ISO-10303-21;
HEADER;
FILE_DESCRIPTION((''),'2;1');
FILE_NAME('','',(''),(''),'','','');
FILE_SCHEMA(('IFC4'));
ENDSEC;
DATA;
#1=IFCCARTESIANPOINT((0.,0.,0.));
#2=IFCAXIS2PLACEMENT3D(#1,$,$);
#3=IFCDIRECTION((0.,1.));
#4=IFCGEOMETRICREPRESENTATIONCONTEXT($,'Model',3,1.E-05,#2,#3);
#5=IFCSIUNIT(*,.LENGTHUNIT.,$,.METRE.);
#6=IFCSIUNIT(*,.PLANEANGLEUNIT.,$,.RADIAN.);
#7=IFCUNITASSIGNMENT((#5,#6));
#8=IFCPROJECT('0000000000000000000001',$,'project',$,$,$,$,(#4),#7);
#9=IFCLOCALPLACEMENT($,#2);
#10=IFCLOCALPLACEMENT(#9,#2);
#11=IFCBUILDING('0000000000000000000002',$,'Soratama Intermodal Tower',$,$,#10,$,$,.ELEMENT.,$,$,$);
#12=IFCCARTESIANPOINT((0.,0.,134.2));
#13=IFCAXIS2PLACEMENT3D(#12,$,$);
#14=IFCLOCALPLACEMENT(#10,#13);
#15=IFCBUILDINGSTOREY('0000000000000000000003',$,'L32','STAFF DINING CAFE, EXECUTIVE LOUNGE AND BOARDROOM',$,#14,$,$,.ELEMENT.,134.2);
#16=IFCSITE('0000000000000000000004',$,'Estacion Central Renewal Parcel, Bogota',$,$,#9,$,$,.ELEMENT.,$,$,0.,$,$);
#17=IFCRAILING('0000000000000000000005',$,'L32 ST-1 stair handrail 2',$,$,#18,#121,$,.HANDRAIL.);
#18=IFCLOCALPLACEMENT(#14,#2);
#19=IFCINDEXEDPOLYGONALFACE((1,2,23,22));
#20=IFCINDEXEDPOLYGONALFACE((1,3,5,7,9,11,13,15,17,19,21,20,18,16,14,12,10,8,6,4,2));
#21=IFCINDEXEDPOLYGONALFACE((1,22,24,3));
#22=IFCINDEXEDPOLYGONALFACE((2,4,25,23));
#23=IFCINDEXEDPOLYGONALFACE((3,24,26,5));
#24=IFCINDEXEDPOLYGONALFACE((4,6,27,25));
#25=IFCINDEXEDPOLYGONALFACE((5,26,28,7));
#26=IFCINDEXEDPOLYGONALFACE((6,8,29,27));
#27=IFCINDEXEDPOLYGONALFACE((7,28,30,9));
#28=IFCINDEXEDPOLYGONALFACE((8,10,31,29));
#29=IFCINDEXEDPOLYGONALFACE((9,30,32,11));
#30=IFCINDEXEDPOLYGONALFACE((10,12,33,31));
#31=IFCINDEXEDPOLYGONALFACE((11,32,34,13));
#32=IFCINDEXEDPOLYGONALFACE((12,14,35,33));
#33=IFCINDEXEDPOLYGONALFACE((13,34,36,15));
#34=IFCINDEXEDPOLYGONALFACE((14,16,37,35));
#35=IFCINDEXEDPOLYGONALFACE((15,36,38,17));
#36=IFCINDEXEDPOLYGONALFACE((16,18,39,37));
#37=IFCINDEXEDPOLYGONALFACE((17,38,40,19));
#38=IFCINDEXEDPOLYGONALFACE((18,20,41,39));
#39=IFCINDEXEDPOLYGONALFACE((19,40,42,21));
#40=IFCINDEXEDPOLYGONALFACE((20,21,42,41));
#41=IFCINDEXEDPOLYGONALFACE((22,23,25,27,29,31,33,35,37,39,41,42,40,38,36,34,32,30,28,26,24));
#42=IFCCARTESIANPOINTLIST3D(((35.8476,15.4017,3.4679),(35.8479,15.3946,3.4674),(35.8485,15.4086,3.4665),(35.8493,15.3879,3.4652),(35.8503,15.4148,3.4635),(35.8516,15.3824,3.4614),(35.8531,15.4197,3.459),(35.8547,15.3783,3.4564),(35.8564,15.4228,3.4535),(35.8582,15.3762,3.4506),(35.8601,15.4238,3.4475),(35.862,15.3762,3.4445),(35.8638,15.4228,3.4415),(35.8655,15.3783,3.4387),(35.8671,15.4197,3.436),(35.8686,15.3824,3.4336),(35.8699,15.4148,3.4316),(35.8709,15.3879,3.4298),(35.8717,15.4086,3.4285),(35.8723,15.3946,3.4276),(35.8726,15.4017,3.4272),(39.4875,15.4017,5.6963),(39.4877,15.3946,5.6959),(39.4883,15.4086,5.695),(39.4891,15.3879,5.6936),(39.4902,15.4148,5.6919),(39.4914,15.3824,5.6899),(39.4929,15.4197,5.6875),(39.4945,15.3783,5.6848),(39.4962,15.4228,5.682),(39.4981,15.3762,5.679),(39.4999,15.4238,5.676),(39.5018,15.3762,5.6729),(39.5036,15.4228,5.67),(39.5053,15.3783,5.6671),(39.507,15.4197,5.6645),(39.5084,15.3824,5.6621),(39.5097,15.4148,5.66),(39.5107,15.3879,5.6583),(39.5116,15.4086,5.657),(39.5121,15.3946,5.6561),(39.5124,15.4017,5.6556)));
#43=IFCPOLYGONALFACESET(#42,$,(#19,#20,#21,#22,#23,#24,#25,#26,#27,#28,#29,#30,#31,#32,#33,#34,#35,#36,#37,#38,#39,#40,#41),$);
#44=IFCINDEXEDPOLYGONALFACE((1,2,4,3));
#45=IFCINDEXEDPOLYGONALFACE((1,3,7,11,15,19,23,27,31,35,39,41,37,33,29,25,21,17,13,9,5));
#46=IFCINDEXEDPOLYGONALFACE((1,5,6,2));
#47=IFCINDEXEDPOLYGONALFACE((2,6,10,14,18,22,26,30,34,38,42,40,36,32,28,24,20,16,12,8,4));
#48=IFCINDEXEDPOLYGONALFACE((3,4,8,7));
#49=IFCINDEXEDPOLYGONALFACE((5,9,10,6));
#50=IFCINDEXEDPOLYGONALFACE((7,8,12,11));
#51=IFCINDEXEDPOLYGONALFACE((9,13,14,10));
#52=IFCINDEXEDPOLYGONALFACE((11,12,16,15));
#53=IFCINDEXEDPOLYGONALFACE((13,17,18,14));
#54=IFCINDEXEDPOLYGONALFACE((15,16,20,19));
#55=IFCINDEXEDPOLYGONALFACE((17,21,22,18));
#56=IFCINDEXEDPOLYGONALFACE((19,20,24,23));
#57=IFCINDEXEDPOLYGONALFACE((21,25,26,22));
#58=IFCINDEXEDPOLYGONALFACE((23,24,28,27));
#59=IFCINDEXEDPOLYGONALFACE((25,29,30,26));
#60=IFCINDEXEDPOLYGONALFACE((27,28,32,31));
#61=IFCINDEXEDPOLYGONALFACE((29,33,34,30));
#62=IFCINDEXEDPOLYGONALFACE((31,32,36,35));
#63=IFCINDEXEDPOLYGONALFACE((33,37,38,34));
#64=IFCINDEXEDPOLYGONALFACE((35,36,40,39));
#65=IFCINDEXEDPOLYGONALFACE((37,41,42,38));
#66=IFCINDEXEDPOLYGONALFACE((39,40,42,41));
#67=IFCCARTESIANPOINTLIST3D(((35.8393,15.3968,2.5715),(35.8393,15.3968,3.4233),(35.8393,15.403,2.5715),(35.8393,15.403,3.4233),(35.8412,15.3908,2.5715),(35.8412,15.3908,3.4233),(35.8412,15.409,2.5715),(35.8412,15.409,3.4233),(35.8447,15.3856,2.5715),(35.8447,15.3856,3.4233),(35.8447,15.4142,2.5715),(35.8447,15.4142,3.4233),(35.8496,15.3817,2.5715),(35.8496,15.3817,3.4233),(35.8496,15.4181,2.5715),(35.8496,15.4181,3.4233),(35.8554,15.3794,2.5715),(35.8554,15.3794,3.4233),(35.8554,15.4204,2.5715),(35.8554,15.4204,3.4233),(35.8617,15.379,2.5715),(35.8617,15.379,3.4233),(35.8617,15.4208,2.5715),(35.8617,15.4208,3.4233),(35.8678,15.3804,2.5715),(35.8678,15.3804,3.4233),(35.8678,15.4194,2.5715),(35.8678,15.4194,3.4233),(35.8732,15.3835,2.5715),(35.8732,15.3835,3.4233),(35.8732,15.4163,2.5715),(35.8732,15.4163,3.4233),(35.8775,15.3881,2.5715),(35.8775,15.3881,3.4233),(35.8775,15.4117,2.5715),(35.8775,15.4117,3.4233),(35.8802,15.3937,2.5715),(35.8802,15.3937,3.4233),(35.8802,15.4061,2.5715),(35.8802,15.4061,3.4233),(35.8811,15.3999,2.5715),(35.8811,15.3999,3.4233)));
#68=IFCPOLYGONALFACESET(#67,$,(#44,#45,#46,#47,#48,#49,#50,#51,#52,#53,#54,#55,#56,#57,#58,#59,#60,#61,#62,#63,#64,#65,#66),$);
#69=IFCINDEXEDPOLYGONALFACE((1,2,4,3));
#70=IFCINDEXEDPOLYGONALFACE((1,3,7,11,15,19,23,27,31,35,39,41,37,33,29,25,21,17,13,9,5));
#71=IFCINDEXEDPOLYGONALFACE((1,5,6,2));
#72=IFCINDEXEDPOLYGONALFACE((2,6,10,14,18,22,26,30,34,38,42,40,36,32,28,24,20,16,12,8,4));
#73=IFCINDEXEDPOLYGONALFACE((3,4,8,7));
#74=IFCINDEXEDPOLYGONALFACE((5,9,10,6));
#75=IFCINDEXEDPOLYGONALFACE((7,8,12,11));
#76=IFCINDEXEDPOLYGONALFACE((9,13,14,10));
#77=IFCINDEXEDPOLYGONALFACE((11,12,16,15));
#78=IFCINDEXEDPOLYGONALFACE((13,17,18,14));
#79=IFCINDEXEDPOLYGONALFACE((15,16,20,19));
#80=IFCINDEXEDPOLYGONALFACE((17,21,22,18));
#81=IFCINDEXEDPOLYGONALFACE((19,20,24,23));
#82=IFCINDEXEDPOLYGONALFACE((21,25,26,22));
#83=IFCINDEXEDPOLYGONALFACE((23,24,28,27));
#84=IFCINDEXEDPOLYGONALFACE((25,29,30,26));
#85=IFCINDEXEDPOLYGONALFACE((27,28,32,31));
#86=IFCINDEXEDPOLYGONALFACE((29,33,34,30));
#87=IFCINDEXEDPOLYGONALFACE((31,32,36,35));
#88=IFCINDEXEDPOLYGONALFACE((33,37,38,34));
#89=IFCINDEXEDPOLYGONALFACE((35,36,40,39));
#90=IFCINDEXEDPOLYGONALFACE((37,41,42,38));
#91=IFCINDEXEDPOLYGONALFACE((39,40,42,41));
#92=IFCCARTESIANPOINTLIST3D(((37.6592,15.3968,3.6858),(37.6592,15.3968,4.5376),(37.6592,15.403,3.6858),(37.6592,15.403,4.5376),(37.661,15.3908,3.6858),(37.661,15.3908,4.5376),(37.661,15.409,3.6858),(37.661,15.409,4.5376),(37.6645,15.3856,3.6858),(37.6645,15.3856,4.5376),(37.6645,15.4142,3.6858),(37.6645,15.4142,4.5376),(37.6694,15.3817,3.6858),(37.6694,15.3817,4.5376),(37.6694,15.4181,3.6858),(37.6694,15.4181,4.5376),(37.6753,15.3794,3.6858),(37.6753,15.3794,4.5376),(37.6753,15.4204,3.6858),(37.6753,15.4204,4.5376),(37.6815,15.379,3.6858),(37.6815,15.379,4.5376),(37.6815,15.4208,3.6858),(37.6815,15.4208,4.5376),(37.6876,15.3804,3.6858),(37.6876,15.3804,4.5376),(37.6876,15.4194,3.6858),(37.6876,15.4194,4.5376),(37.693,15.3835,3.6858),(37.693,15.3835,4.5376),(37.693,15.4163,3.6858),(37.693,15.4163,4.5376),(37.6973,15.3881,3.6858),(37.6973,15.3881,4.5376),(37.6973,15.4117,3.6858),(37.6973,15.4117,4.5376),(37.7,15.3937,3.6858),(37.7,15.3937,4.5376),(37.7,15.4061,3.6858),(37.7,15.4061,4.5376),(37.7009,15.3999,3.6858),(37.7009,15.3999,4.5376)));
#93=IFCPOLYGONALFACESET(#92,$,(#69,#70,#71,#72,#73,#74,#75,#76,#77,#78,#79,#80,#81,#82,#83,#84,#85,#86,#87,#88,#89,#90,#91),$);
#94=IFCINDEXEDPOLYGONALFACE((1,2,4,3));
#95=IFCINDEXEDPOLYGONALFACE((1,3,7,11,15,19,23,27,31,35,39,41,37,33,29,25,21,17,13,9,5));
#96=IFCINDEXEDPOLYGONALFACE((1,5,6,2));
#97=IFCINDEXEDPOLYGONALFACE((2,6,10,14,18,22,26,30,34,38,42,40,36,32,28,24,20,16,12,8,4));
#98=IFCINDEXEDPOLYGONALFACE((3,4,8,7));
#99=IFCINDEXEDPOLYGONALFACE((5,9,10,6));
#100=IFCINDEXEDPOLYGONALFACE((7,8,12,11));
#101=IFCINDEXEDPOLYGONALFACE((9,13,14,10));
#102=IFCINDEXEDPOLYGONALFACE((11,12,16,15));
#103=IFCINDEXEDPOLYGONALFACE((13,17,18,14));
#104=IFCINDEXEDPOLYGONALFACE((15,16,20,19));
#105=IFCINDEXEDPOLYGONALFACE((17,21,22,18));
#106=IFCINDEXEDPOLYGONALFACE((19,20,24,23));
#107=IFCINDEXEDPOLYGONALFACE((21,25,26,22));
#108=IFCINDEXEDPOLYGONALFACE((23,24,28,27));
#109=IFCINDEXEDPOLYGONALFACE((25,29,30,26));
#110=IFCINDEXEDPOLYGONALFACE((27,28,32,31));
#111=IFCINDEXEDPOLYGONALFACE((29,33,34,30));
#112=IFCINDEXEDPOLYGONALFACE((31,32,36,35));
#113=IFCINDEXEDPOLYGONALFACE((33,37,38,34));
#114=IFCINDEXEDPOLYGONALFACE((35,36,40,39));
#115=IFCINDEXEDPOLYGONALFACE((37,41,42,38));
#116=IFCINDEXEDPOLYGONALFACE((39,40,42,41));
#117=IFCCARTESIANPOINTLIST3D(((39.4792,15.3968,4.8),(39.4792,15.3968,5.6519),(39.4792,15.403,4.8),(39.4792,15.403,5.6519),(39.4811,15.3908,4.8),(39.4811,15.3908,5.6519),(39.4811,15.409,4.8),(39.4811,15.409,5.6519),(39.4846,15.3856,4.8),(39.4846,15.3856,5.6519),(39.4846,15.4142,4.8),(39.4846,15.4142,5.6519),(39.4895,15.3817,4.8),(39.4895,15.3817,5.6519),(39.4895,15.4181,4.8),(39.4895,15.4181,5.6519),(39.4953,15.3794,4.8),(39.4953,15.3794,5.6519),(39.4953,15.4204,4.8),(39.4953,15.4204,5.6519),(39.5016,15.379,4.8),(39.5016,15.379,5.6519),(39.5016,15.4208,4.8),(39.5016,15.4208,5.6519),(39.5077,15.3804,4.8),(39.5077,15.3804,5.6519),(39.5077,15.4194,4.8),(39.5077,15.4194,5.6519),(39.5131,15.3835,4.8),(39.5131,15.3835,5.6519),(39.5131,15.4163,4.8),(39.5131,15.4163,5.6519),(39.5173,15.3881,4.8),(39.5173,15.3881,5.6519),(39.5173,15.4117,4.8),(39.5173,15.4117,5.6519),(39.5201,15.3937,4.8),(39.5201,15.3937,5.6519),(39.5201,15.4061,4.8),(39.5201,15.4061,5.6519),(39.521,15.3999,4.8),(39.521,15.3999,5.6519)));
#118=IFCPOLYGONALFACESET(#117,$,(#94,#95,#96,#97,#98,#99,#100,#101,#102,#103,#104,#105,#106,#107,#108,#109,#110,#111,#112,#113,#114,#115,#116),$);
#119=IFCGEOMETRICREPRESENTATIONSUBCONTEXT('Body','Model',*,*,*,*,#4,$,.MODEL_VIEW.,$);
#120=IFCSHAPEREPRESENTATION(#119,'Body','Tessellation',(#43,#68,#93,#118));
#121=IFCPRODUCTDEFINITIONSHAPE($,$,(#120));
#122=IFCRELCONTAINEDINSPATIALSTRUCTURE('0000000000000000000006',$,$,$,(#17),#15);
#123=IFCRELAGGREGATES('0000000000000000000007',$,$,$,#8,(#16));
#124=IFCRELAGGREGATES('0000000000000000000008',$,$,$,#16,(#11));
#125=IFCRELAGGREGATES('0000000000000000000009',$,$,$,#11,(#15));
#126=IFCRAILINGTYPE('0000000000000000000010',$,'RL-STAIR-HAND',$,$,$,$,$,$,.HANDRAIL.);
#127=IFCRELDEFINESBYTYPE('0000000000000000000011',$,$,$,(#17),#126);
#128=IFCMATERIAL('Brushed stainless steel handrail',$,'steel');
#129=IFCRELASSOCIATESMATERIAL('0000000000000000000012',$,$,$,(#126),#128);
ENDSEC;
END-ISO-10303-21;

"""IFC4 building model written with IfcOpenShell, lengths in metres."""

from ifc_helpers import new_model, si_unit, direction, frame, origin, origin_2d, place, context, subcontext, project, spatial, circle, extrude, material, type_object, element, save


model = new_model("IFC4")

# Units and contexts
model_context = context("Model", 3, precision=1e-05, world=origin(), true_north=direction((0.0, 1.0)))
body_context = subcontext(model_context, "Body", "Model", "MODEL_VIEW")
ifc_project = project(units=[si_unit("LENGTHUNIT", "METRE"), si_unit("PLANEANGLEUNIT", "RADIAN")], contexts=[model_context])

# Site, building, storey
site_placement = place(None, origin())
site = spatial("IfcSite", under=ifc_project, at=site_placement, Name="Estacion Central Renewal Parcel, Bogota", CompositionType="ELEMENT", RefElevation=0.0)
building_placement = place(site_placement, origin())
building = spatial("IfcBuilding", under=site, at=building_placement, Name="Soratama Intermodal Tower", CompositionType="ELEMENT")
storey_placement = place(building_placement, frame((0.0, 0.0, 134.2)))
storey = spatial("IfcBuildingStorey", under=building, at=storey_placement, Name="L32", Description="STAFF DINING CAFE, EXECUTIVE LOUNGE AND BOARDROOM", CompositionType="ELEMENT", Elevation=134.2)

# Railing
ifc_material_1 = material(Name="Brushed stainless steel handrail", Category="steel")
railing_type_1 = type_object("IfcRailingType", Name="RL-STAIR-HAND", PredefinedType="HANDRAIL", material=ifc_material_1)
railing_1_placement = place(storey_placement, frame((35.8601, 15.3999, 2.5715)))
element("IfcRailing", 1, at=railing_1_placement, inside=storey, type_object=railing_type_1, Name="L32 ST-1 stair handrail 2", PredefinedType="HANDRAIL", context=body_context, shape_type="SweptSolid", body=[
    extrude(circle(Radius=0.0239, at=origin_2d()), frame((0.0, 0.0, 0.876), z_axis=(0.85285, 0.0, 0.522156), x_axis=(0.0, 1.0, 0.0)), (0.0, 0.0, 1.0), 4.2678),
    extrude(circle(Radius=0.021, at=origin_2d()), origin(), (0.0, 0.0, 1.0), 0.8518),
    extrude(circle(Radius=0.021, at=origin_2d()), frame((1.8198, 0.0, 1.1143)), (0.0, 0.0, 1.0), 0.8518),
    extrude(circle(Radius=0.021, at=origin_2d()), frame((3.6399, 0.0, 2.2285)), (0.0, 0.0, 1.0), 0.8518),
])

save(model, "model.ifc")
